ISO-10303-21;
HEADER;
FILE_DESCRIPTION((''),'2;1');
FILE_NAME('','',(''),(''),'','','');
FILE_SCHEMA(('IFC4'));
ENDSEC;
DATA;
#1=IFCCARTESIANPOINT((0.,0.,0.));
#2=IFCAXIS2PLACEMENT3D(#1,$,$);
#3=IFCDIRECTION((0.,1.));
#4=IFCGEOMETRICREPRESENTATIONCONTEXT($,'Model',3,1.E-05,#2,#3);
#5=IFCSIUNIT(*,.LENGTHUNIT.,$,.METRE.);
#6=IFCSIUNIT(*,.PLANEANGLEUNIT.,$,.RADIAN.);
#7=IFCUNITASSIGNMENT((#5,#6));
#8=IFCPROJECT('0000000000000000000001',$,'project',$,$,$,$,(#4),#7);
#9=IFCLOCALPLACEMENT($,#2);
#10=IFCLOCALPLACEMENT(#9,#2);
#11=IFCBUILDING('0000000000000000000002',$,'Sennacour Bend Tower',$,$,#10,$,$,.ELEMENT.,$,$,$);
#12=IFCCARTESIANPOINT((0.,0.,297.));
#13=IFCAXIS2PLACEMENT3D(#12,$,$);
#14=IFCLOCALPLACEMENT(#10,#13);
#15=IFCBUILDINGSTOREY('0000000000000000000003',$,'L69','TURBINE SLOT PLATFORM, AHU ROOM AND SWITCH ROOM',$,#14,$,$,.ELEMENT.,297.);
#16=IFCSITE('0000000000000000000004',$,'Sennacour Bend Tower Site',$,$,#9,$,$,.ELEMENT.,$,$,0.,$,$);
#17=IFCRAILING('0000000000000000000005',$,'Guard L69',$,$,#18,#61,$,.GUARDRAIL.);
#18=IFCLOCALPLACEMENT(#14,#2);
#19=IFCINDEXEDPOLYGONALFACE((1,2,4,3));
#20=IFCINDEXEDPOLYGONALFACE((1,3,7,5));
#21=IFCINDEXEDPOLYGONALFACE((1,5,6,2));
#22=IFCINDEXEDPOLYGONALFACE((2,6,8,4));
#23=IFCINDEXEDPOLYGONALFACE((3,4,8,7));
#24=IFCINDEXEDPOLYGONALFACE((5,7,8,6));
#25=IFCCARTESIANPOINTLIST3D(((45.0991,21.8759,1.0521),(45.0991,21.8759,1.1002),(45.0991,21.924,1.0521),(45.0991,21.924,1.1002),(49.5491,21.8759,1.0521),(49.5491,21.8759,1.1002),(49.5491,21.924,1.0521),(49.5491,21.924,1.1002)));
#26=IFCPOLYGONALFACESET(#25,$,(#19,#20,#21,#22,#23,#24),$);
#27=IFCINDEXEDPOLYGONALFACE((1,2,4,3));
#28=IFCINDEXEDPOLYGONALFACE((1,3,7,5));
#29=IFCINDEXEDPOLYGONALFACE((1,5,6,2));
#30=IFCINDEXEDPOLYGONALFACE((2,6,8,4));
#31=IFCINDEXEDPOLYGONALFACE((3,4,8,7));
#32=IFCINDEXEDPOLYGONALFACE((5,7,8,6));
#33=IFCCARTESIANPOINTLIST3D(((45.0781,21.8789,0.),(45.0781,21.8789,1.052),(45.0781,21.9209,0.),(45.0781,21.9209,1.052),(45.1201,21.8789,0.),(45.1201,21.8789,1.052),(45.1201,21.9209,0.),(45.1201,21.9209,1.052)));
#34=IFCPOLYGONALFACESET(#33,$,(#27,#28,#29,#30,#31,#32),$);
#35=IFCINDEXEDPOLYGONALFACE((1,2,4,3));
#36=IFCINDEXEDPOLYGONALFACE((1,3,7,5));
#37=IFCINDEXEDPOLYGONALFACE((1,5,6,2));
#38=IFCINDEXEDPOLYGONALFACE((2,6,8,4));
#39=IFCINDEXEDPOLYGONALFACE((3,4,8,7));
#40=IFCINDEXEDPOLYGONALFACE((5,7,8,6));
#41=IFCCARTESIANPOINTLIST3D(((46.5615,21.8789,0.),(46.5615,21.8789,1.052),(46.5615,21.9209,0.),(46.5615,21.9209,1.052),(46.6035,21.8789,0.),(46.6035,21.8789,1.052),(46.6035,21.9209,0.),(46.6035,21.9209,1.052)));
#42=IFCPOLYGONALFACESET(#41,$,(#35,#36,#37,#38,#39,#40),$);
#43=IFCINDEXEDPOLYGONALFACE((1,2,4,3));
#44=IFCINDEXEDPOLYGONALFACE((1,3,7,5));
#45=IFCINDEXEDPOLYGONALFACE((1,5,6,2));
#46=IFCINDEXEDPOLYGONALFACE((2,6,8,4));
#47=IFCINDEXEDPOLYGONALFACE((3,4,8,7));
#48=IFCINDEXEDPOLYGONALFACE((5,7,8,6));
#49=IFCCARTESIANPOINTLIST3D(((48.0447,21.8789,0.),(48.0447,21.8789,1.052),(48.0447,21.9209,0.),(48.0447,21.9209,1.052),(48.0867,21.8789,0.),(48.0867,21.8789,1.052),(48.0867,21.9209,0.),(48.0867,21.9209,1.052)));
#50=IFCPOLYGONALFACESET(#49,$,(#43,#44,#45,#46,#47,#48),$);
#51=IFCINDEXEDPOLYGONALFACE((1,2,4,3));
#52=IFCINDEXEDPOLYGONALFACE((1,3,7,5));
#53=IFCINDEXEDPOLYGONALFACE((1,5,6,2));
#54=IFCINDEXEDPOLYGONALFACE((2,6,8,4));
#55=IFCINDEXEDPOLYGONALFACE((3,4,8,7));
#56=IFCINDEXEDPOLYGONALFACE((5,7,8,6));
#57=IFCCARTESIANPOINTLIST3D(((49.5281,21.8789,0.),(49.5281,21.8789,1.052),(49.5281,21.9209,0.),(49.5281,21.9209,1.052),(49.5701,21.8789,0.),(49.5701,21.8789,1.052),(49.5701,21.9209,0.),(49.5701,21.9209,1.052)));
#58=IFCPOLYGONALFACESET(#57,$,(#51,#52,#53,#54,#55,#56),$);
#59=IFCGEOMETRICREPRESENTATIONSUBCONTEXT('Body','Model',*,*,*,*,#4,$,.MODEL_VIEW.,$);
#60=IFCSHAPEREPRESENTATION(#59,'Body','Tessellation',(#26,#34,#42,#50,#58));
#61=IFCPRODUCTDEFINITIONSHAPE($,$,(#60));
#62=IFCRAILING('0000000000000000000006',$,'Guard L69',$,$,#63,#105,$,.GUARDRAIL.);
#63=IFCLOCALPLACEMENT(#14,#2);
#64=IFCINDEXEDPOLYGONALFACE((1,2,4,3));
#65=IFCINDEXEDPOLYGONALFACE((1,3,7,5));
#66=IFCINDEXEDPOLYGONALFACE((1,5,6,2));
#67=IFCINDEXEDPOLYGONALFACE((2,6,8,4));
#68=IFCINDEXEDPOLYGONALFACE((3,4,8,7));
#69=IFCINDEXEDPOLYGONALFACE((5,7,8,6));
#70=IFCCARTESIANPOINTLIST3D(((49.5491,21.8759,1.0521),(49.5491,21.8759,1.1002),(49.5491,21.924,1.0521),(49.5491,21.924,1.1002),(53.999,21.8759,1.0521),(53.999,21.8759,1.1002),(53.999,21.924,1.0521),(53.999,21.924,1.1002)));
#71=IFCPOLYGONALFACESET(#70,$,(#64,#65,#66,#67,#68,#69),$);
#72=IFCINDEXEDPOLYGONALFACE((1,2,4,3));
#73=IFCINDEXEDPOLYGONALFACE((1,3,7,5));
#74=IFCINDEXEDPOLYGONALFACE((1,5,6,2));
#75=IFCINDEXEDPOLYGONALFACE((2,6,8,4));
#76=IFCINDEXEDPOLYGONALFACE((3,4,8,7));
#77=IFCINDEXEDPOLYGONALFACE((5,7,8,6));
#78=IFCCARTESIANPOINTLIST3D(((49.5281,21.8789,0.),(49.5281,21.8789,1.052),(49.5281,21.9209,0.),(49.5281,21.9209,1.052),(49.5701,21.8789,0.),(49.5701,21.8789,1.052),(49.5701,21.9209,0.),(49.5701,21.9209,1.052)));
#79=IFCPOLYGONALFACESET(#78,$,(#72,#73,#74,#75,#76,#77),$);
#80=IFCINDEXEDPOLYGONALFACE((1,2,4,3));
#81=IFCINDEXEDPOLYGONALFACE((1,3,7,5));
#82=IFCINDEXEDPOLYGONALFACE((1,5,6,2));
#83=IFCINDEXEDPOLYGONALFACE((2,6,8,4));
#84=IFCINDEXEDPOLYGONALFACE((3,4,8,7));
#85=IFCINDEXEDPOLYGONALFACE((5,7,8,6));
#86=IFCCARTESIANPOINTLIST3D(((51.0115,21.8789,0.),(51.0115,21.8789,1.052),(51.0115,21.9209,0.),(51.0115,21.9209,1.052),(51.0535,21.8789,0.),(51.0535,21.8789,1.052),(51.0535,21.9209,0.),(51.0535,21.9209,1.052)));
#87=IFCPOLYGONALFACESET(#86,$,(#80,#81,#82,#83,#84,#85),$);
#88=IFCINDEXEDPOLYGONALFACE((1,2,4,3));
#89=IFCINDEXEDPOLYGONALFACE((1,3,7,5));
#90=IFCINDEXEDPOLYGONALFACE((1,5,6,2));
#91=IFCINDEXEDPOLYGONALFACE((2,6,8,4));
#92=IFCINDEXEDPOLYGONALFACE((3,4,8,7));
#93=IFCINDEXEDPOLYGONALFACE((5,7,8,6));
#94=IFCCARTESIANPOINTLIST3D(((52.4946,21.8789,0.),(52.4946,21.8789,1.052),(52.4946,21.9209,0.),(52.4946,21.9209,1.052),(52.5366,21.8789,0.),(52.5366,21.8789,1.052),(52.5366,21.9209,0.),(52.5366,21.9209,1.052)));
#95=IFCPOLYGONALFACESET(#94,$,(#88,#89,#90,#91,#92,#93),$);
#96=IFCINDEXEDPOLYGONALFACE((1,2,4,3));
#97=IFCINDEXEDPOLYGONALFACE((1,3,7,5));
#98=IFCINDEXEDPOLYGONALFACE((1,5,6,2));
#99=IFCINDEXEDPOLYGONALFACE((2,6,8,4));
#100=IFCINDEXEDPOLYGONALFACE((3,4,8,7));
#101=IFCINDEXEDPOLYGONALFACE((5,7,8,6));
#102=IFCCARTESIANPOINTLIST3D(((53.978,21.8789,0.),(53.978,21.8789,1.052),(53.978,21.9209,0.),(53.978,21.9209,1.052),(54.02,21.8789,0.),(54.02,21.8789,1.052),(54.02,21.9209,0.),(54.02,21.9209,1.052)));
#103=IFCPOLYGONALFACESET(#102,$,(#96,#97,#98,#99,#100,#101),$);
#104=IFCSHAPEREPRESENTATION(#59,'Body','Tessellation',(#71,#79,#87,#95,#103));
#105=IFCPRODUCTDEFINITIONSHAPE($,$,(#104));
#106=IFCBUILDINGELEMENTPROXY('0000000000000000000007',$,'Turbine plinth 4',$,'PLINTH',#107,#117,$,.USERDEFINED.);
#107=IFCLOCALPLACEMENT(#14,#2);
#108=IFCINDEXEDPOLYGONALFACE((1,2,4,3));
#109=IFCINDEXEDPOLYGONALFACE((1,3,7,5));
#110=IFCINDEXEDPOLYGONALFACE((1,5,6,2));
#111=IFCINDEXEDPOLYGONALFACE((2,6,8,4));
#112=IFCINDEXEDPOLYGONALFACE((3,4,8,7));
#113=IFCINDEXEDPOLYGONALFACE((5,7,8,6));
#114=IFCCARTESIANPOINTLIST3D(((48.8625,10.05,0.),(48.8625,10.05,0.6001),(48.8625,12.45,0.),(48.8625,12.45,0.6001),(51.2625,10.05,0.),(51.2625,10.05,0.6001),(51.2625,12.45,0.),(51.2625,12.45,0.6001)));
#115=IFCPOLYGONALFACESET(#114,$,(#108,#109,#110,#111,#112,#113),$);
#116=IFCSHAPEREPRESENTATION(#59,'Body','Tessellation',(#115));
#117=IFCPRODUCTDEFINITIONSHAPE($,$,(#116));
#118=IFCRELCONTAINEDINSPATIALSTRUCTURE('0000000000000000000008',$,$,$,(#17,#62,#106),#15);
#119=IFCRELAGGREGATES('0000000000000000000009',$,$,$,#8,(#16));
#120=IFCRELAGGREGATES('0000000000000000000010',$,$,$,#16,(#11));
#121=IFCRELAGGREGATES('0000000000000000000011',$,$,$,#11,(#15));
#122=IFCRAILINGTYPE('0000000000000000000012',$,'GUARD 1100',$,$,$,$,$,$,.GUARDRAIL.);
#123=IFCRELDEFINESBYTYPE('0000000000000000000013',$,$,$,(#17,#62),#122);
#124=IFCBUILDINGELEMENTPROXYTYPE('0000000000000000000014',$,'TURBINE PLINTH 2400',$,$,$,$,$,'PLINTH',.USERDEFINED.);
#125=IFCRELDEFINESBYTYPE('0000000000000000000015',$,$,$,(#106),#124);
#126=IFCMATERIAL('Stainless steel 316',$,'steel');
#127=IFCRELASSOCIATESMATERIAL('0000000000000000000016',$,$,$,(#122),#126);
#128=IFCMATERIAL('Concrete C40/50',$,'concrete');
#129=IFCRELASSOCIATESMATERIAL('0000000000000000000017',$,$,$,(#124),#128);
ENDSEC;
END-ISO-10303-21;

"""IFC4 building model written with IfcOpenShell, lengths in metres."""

from ifc_helpers import new_model, si_unit, direction, frame, origin, origin_2d, place, context, subcontext, project, spatial, rectangle, extrude, material, type_object, element, save


model = new_model("IFC4")

# Units and contexts
model_context = context("Model", 3, precision=1e-05, world=origin(), true_north=direction((0.0, 1.0)))
body_context = subcontext(model_context, "Body", "Model", "MODEL_VIEW")
ifc_project = project(units=[si_unit("LENGTHUNIT", "METRE"), si_unit("PLANEANGLEUNIT", "RADIAN")], contexts=[model_context])

# Site, building, storey
site_placement = place(None, origin())
site = spatial("IfcSite", under=ifc_project, at=site_placement, Name="Sennacour Bend Tower Site", CompositionType="ELEMENT", RefElevation=0.0)
building_placement = place(site_placement, origin())
building = spatial("IfcBuilding", under=site, at=building_placement, Name="Sennacour Bend Tower", CompositionType="ELEMENT")
storey_placement = place(building_placement, frame((0.0, 0.0, 297.0)))
storey = spatial("IfcBuildingStorey", under=building, at=storey_placement, Name="L69", Description="TURBINE SLOT PLATFORM, AHU ROOM AND SWITCH ROOM", CompositionType="ELEMENT", Elevation=297.0)

# Railings
ifc_material_1 = material(Name="Stainless steel 316", Category="steel")
railing_type = type_object("IfcRailingType", Name="GUARD 1100", PredefinedType="GUARDRAIL", material=ifc_material_1)
for number, where, name in (
    (1, (45.0991, 21.8999, 0.0), "Guard L69"),
    (2, (49.5491, 21.8999, 0.0), "Guard L69"),
):
    element("IfcRailing", number, at=place(storey_placement, frame(where)), inside=storey, type_object=railing_type, Name=name, PredefinedType="GUARDRAIL", context=body_context, shape_type="SweptSolid", body=[
        extrude(rectangle(XDim=0.0481, YDim=0.0481, at=origin_2d()), frame((0.0, 0.0, 1.0762), z_axis=(1.0, 0.0, 0.0), x_axis=(0.0, 1.0, 0.0)), (0.0, 0.0, 1.0), 4.45),
        extrude(rectangle(XDim=0.042, YDim=0.042, at=origin_2d()), origin(), (0.0, 0.0, 1.0), 1.052),
        extrude(rectangle(XDim=0.042, YDim=0.042, at=origin_2d()), frame((1.4834, 0.0, 0.0)), (0.0, 0.0, 1.0), 1.052),
        extrude(rectangle(XDim=0.042, YDim=0.042, at=origin_2d()), frame((2.9666, 0.0, 0.0)), (0.0, 0.0, 1.0), 1.052),
        extrude(rectangle(XDim=0.042, YDim=0.042, at=origin_2d()), frame((4.45, 0.0, 0.0)), (0.0, 0.0, 1.0), 1.052),
    ])

# Building element proxy
ifc_material_2 = material(Name="Concrete C40/50", Category="concrete")
building_element_proxy_type = type_object("IfcBuildingElementProxyType", Name="TURBINE PLINTH 2400", ElementType="PLINTH", PredefinedType="USERDEFINED", material=ifc_material_2)
proxy_placement = place(storey_placement, frame((50.0625, 11.25, 0.0), z_axis=(0.0, 0.0, 1.0), x_axis=(1.0, 0.0, 0.0)))
element("IfcBuildingElementProxy", 3, at=proxy_placement, inside=storey, type_object=building_element_proxy_type, Name="Turbine plinth 4", ObjectType="PLINTH", PredefinedType="USERDEFINED", context=body_context, shape_type="SweptSolid", body=[
    extrude(rectangle(XDim=2.3999, YDim=2.3999, at=origin_2d()), origin(), (0.0, 0.0, 1.0), 0.6001),
])

save(model, "model.ifc")
